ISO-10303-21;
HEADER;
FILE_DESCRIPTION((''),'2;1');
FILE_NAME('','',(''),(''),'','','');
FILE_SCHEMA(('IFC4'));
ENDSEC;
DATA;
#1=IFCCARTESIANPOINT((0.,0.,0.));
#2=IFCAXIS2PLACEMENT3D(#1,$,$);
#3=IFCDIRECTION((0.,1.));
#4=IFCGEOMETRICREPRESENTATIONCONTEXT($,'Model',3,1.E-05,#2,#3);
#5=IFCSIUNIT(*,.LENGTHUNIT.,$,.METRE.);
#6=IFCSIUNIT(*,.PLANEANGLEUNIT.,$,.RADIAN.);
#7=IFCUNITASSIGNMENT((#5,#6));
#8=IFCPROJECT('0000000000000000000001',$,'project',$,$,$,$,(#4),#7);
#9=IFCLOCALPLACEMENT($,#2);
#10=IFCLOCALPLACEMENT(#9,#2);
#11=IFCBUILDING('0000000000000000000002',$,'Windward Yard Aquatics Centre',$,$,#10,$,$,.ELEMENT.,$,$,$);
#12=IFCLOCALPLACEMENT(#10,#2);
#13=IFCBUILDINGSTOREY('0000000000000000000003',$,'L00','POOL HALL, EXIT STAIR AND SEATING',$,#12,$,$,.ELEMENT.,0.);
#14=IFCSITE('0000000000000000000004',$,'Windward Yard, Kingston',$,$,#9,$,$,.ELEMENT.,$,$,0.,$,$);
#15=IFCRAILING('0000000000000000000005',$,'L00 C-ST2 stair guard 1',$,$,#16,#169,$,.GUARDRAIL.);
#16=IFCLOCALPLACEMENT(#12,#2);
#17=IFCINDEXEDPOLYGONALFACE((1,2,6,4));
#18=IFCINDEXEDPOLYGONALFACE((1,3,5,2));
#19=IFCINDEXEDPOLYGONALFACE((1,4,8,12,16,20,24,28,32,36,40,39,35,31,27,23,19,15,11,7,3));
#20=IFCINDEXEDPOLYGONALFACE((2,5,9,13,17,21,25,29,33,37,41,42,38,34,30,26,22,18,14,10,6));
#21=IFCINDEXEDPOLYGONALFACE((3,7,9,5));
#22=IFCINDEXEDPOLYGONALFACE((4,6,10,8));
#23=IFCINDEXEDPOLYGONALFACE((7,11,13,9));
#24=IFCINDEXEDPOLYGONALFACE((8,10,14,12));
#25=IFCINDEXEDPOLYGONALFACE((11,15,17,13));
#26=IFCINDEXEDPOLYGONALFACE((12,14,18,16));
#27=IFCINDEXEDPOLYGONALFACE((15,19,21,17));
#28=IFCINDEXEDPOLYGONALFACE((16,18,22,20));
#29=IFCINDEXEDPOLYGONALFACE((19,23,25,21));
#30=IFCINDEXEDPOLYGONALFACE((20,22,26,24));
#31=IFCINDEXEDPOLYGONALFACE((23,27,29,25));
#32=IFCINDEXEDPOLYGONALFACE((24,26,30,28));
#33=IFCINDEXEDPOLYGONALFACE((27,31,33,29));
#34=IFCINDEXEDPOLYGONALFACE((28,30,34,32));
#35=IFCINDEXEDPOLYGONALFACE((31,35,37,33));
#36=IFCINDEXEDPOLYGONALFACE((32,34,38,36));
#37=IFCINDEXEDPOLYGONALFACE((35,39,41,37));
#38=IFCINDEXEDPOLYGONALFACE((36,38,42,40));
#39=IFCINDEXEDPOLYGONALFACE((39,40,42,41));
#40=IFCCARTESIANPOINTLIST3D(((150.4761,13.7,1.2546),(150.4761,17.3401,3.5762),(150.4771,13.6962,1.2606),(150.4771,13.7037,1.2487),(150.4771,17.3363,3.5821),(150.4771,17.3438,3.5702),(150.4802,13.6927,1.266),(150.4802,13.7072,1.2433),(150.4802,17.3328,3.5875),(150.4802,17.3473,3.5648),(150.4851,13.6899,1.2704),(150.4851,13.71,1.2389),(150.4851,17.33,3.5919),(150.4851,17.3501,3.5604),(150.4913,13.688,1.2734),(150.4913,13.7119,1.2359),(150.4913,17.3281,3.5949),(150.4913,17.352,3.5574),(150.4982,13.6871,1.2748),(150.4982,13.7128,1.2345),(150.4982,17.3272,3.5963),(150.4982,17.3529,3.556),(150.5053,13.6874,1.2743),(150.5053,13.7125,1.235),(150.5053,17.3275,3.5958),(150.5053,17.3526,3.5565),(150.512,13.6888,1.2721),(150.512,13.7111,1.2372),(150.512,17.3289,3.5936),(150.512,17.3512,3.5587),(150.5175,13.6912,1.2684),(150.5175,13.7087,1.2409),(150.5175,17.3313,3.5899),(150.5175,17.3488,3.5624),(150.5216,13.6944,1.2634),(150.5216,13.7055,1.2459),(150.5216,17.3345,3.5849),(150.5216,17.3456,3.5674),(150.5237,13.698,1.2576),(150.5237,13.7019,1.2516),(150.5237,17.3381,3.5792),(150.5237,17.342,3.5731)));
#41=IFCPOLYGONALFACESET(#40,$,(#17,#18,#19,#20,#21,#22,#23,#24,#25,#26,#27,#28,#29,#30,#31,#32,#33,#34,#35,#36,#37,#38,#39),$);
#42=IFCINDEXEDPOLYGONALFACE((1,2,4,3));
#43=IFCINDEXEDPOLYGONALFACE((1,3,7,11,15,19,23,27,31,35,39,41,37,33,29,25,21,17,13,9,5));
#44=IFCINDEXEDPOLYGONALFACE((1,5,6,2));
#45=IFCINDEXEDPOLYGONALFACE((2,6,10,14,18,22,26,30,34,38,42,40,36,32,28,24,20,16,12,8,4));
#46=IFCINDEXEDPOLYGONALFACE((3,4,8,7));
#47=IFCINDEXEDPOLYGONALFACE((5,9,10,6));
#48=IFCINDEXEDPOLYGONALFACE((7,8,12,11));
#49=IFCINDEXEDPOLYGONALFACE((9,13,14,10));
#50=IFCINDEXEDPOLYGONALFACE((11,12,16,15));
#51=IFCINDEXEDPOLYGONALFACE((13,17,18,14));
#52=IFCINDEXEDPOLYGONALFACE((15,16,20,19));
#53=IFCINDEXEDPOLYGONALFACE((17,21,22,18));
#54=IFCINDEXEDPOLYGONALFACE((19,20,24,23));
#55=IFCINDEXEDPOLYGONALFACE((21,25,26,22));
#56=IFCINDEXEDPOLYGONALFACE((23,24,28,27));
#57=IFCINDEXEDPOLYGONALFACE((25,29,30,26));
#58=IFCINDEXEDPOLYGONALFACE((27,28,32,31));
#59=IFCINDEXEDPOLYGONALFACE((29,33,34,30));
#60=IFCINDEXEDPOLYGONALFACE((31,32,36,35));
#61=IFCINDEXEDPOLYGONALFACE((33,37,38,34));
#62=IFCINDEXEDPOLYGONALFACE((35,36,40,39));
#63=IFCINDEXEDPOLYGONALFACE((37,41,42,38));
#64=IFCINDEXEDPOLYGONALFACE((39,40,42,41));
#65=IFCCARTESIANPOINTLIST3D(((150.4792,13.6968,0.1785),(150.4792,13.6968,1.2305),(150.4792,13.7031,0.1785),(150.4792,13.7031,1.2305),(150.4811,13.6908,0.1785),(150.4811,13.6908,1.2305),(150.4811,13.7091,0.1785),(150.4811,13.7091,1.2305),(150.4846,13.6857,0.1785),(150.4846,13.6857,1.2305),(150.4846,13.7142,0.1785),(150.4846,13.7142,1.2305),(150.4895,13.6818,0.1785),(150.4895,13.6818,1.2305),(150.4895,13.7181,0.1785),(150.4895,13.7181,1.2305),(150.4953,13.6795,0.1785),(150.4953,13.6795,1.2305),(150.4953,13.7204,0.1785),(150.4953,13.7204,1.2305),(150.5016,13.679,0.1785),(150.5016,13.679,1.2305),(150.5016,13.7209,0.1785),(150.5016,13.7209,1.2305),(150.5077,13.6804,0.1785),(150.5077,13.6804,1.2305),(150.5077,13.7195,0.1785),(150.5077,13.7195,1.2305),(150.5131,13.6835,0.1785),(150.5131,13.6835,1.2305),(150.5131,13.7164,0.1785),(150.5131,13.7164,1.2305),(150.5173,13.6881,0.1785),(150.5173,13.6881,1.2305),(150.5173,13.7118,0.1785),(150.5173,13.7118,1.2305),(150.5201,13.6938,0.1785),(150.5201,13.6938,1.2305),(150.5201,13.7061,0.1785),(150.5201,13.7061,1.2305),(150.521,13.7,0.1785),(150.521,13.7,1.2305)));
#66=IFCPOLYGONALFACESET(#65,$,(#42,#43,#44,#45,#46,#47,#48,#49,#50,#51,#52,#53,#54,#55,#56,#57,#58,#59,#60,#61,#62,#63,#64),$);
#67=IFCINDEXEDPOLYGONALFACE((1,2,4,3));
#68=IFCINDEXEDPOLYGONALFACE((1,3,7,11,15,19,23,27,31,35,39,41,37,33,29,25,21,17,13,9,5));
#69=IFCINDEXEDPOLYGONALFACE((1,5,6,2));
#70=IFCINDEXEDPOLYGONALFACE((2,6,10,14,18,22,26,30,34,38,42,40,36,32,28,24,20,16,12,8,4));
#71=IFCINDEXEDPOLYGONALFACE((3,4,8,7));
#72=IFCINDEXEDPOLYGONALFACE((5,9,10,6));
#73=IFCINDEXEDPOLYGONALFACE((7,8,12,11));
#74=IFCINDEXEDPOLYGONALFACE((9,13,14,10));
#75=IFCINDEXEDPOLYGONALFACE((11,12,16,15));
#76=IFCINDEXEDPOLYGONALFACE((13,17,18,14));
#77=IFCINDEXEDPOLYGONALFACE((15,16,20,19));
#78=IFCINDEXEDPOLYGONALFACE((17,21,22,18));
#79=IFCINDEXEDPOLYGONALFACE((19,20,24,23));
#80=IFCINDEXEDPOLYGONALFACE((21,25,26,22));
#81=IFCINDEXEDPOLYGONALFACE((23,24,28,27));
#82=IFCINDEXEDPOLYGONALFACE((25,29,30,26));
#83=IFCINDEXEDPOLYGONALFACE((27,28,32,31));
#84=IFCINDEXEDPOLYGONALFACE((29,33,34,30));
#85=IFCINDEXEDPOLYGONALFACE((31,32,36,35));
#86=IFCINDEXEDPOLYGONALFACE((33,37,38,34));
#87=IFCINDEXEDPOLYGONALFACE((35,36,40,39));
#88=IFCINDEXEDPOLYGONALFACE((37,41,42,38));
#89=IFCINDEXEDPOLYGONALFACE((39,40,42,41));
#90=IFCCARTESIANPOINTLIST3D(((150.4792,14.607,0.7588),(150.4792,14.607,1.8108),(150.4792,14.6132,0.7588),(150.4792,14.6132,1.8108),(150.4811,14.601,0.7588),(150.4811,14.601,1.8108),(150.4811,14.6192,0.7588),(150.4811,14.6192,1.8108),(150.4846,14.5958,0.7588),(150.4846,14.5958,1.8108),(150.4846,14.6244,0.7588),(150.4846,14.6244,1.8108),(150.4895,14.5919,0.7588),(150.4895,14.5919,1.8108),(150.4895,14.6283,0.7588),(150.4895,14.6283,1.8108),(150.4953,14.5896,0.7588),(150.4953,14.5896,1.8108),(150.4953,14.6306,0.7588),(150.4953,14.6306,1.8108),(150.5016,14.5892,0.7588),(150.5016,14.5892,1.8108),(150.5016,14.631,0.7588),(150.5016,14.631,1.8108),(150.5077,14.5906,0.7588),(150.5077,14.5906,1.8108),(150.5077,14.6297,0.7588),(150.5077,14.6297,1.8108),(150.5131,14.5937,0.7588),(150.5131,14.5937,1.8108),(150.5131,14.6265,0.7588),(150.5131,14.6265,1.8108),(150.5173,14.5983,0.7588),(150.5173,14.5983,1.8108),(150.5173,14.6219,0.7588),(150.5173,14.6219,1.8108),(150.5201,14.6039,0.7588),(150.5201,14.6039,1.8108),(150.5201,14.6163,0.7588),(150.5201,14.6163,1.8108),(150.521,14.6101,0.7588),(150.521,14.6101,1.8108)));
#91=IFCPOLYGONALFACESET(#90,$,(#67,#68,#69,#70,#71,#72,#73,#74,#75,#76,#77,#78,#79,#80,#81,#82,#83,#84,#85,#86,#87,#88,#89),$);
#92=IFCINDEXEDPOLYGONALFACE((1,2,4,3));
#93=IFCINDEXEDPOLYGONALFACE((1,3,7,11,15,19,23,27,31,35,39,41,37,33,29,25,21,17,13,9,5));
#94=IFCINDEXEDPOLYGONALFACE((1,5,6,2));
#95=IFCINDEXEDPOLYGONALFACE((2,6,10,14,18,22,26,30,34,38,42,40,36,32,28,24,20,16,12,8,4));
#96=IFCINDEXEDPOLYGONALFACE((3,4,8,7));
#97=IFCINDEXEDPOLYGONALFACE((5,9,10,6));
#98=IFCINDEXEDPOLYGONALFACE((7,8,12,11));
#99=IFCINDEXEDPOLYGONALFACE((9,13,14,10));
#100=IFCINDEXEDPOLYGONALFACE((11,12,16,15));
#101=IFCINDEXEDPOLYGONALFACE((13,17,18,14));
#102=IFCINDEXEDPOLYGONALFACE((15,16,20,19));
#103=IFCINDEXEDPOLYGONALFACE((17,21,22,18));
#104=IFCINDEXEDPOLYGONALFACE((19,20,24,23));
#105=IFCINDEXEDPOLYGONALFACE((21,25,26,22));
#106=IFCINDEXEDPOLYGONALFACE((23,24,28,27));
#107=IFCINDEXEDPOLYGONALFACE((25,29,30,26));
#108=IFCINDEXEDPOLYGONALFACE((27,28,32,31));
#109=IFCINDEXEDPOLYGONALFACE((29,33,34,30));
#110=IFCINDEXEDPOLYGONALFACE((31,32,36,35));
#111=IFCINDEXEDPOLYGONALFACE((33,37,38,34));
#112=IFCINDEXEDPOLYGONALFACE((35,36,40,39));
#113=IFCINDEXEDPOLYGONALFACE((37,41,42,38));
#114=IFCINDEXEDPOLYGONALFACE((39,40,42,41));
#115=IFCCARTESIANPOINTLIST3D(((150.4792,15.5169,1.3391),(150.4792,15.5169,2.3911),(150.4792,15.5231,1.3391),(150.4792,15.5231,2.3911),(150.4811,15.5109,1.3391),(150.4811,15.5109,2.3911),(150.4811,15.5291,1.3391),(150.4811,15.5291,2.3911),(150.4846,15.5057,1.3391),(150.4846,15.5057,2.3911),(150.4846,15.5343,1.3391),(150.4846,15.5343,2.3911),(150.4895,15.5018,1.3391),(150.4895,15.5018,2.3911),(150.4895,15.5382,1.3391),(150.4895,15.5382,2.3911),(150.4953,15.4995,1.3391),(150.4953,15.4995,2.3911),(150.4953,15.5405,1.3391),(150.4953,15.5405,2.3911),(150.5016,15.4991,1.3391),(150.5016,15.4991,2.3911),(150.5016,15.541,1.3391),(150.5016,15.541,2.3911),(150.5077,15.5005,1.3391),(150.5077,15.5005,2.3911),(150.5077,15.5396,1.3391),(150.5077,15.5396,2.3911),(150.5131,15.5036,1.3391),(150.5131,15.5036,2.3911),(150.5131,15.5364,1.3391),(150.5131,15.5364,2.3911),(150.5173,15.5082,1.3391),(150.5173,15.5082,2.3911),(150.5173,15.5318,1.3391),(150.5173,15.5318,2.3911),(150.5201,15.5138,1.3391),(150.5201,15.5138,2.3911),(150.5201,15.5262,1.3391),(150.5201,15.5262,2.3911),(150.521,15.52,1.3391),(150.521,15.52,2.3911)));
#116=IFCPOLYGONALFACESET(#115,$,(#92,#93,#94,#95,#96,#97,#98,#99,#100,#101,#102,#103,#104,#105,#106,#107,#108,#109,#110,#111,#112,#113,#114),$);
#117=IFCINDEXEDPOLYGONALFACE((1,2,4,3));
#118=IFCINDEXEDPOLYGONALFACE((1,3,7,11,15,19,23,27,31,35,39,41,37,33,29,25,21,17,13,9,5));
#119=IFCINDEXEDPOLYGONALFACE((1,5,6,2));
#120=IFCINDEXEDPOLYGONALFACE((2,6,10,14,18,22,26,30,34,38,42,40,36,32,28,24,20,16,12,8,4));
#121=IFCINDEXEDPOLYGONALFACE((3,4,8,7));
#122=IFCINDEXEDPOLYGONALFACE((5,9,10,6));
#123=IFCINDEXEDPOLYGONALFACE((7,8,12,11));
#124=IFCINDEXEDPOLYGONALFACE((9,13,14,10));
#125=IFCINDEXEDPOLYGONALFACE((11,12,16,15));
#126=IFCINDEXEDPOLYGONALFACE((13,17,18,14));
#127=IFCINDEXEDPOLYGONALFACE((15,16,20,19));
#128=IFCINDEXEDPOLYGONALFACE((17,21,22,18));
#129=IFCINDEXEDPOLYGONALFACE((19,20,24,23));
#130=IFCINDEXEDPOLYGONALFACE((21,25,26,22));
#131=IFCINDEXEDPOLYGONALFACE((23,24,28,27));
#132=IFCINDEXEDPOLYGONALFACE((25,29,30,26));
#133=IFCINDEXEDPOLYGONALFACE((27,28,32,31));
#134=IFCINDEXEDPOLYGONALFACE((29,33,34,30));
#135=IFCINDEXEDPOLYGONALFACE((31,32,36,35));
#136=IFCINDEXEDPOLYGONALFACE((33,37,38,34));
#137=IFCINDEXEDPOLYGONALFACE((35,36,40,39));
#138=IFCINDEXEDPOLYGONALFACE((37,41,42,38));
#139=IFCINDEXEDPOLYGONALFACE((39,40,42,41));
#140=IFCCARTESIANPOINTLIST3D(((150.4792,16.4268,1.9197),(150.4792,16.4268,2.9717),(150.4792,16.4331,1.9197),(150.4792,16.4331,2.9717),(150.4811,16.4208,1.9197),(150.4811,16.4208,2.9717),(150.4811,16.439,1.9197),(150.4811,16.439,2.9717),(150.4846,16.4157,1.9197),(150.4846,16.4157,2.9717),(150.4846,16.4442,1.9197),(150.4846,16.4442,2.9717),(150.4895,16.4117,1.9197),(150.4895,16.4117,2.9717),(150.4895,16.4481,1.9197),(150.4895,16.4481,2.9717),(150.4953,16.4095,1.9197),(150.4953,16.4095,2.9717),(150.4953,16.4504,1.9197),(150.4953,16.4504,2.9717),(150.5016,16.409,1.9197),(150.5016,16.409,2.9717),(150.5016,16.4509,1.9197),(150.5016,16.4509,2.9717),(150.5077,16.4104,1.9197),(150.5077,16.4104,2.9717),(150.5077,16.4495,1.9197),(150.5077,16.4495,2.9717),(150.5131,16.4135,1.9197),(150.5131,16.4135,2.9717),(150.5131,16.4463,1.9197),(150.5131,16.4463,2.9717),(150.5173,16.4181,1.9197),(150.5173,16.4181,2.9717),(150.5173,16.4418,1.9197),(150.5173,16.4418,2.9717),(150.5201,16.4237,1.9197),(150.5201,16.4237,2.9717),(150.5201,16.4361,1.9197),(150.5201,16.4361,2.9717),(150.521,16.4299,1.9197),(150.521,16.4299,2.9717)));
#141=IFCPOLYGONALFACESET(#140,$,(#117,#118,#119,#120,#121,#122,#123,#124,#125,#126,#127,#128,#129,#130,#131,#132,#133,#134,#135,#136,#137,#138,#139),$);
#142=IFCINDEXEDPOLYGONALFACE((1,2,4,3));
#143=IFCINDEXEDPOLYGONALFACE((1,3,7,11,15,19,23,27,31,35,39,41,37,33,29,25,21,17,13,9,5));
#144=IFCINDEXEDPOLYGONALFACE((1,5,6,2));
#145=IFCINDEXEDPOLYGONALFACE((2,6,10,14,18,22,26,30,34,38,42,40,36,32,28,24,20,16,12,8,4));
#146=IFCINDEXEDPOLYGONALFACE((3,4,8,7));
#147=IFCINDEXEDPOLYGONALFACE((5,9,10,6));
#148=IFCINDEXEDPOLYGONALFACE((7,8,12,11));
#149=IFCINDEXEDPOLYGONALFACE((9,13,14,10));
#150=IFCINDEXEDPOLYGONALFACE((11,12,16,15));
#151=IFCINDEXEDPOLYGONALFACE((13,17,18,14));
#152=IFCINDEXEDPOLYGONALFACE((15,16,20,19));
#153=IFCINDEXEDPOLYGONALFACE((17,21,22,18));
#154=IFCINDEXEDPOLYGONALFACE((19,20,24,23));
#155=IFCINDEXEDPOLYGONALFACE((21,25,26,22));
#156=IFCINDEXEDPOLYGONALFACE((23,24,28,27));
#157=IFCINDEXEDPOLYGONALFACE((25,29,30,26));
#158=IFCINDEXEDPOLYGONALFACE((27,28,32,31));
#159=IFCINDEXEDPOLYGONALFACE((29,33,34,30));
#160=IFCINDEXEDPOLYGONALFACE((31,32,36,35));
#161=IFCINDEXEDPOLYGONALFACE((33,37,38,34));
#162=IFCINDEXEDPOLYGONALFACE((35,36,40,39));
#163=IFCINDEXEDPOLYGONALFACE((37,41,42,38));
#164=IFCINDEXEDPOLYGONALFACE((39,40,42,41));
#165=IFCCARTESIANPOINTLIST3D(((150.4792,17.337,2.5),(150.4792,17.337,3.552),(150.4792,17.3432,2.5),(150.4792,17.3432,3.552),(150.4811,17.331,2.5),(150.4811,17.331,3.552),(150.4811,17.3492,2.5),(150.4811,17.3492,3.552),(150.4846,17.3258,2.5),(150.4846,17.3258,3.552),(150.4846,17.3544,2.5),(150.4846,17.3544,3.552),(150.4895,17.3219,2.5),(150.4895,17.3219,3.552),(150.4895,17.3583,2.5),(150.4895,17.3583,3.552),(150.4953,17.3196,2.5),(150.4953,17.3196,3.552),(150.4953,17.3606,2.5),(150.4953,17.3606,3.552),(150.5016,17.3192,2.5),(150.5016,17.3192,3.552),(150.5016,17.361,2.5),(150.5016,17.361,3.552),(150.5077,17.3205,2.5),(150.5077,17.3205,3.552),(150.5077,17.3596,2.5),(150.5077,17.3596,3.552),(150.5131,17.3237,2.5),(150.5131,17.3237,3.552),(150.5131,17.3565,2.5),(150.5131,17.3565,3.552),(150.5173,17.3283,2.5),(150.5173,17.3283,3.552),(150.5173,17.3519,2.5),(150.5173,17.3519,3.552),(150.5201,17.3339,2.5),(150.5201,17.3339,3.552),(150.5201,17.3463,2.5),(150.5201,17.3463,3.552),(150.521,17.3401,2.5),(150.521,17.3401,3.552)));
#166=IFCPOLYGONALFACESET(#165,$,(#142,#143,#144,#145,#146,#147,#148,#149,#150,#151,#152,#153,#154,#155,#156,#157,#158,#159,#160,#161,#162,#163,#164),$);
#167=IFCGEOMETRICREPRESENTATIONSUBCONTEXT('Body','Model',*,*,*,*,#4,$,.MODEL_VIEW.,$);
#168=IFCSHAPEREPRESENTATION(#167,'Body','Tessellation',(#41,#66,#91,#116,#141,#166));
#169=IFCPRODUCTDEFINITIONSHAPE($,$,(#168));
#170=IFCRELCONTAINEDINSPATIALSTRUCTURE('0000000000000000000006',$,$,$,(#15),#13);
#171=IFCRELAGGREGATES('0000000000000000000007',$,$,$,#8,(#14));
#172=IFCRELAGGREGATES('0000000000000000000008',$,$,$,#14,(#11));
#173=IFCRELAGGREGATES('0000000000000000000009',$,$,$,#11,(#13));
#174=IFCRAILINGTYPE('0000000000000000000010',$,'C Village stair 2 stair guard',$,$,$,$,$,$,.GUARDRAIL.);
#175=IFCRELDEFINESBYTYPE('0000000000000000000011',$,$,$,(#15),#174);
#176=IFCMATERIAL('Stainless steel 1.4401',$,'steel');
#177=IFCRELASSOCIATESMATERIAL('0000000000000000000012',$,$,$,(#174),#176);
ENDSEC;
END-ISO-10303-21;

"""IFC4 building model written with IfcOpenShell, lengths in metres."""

from ifc_helpers import new_model, si_unit, direction, frame, origin, origin_2d, place, context, subcontext, project, spatial, circle, extrude, material, type_object, element, save


model = new_model("IFC4")

# Units and contexts
model_context = context("Model", 3, precision=1e-05, world=origin(), true_north=direction((0.0, 1.0)))
body_context = subcontext(model_context, "Body", "Model", "MODEL_VIEW")
ifc_project = project(units=[si_unit("LENGTHUNIT", "METRE"), si_unit("PLANEANGLEUNIT", "RADIAN")], contexts=[model_context])

# Site, building, storey
site_placement = place(None, origin())
site = spatial("IfcSite", under=ifc_project, at=site_placement, Name="Windward Yard, Kingston", CompositionType="ELEMENT", RefElevation=0.0)
building_placement = place(site_placement, origin())
building = spatial("IfcBuilding", under=site, at=building_placement, Name="Windward Yard Aquatics Centre", CompositionType="ELEMENT")
storey_placement = place(building_placement, origin())
storey = spatial("IfcBuildingStorey", under=building, at=storey_placement, Name="L00", Description="POOL HALL, EXIT STAIR AND SEATING", CompositionType="ELEMENT", Elevation=0.0)

# Railing
ifc_material_1 = material(Name="Stainless steel 1.4401", Category="steel")
railing_type_1 = type_object("IfcRailingType", Name="C Village stair 2 stair guard", PredefinedType="GUARDRAIL", material=ifc_material_1)
railing_1_placement = place(storey_placement, frame((150.5, 13.7, 0.1785)))
element("IfcRailing", 1, at=railing_1_placement, inside=storey, type_object=railing_type_1, Name="L00 C-ST2 stair guard 1", PredefinedType="GUARDRAIL", context=body_context, shape_type="SweptSolid", body=[
    extrude(circle(Radius=0.0239, at=origin_2d()), frame((0.0, 0.0, 1.0762), z_axis=(0.0, 0.843128, 0.537713), x_axis=(-1.0, 0.0, 0.0)), (0.0, 0.0, 1.0), 4.3174),
    extrude(circle(Radius=0.021, at=origin_2d()), origin(), (0.0, 0.0, 1.0), 1.052),
    extrude(circle(Radius=0.021, at=origin_2d()), frame((0.0, 0.9102, 0.5803)), (0.0, 0.0, 1.0), 1.052),
    extrude(circle(Radius=0.021, at=origin_2d()), frame((0.0, 1.8201, 1.1606)), (0.0, 0.0, 1.0), 1.052),
    extrude(circle(Radius=0.021, at=origin_2d()), frame((0.0, 2.73, 1.7412)), (0.0, 0.0, 1.0), 1.052),
    extrude(circle(Radius=0.021, at=origin_2d()), frame((0.0, 3.6401, 2.3215)), (0.0, 0.0, 1.0), 1.052),
])

save(model, "model.ifc")
